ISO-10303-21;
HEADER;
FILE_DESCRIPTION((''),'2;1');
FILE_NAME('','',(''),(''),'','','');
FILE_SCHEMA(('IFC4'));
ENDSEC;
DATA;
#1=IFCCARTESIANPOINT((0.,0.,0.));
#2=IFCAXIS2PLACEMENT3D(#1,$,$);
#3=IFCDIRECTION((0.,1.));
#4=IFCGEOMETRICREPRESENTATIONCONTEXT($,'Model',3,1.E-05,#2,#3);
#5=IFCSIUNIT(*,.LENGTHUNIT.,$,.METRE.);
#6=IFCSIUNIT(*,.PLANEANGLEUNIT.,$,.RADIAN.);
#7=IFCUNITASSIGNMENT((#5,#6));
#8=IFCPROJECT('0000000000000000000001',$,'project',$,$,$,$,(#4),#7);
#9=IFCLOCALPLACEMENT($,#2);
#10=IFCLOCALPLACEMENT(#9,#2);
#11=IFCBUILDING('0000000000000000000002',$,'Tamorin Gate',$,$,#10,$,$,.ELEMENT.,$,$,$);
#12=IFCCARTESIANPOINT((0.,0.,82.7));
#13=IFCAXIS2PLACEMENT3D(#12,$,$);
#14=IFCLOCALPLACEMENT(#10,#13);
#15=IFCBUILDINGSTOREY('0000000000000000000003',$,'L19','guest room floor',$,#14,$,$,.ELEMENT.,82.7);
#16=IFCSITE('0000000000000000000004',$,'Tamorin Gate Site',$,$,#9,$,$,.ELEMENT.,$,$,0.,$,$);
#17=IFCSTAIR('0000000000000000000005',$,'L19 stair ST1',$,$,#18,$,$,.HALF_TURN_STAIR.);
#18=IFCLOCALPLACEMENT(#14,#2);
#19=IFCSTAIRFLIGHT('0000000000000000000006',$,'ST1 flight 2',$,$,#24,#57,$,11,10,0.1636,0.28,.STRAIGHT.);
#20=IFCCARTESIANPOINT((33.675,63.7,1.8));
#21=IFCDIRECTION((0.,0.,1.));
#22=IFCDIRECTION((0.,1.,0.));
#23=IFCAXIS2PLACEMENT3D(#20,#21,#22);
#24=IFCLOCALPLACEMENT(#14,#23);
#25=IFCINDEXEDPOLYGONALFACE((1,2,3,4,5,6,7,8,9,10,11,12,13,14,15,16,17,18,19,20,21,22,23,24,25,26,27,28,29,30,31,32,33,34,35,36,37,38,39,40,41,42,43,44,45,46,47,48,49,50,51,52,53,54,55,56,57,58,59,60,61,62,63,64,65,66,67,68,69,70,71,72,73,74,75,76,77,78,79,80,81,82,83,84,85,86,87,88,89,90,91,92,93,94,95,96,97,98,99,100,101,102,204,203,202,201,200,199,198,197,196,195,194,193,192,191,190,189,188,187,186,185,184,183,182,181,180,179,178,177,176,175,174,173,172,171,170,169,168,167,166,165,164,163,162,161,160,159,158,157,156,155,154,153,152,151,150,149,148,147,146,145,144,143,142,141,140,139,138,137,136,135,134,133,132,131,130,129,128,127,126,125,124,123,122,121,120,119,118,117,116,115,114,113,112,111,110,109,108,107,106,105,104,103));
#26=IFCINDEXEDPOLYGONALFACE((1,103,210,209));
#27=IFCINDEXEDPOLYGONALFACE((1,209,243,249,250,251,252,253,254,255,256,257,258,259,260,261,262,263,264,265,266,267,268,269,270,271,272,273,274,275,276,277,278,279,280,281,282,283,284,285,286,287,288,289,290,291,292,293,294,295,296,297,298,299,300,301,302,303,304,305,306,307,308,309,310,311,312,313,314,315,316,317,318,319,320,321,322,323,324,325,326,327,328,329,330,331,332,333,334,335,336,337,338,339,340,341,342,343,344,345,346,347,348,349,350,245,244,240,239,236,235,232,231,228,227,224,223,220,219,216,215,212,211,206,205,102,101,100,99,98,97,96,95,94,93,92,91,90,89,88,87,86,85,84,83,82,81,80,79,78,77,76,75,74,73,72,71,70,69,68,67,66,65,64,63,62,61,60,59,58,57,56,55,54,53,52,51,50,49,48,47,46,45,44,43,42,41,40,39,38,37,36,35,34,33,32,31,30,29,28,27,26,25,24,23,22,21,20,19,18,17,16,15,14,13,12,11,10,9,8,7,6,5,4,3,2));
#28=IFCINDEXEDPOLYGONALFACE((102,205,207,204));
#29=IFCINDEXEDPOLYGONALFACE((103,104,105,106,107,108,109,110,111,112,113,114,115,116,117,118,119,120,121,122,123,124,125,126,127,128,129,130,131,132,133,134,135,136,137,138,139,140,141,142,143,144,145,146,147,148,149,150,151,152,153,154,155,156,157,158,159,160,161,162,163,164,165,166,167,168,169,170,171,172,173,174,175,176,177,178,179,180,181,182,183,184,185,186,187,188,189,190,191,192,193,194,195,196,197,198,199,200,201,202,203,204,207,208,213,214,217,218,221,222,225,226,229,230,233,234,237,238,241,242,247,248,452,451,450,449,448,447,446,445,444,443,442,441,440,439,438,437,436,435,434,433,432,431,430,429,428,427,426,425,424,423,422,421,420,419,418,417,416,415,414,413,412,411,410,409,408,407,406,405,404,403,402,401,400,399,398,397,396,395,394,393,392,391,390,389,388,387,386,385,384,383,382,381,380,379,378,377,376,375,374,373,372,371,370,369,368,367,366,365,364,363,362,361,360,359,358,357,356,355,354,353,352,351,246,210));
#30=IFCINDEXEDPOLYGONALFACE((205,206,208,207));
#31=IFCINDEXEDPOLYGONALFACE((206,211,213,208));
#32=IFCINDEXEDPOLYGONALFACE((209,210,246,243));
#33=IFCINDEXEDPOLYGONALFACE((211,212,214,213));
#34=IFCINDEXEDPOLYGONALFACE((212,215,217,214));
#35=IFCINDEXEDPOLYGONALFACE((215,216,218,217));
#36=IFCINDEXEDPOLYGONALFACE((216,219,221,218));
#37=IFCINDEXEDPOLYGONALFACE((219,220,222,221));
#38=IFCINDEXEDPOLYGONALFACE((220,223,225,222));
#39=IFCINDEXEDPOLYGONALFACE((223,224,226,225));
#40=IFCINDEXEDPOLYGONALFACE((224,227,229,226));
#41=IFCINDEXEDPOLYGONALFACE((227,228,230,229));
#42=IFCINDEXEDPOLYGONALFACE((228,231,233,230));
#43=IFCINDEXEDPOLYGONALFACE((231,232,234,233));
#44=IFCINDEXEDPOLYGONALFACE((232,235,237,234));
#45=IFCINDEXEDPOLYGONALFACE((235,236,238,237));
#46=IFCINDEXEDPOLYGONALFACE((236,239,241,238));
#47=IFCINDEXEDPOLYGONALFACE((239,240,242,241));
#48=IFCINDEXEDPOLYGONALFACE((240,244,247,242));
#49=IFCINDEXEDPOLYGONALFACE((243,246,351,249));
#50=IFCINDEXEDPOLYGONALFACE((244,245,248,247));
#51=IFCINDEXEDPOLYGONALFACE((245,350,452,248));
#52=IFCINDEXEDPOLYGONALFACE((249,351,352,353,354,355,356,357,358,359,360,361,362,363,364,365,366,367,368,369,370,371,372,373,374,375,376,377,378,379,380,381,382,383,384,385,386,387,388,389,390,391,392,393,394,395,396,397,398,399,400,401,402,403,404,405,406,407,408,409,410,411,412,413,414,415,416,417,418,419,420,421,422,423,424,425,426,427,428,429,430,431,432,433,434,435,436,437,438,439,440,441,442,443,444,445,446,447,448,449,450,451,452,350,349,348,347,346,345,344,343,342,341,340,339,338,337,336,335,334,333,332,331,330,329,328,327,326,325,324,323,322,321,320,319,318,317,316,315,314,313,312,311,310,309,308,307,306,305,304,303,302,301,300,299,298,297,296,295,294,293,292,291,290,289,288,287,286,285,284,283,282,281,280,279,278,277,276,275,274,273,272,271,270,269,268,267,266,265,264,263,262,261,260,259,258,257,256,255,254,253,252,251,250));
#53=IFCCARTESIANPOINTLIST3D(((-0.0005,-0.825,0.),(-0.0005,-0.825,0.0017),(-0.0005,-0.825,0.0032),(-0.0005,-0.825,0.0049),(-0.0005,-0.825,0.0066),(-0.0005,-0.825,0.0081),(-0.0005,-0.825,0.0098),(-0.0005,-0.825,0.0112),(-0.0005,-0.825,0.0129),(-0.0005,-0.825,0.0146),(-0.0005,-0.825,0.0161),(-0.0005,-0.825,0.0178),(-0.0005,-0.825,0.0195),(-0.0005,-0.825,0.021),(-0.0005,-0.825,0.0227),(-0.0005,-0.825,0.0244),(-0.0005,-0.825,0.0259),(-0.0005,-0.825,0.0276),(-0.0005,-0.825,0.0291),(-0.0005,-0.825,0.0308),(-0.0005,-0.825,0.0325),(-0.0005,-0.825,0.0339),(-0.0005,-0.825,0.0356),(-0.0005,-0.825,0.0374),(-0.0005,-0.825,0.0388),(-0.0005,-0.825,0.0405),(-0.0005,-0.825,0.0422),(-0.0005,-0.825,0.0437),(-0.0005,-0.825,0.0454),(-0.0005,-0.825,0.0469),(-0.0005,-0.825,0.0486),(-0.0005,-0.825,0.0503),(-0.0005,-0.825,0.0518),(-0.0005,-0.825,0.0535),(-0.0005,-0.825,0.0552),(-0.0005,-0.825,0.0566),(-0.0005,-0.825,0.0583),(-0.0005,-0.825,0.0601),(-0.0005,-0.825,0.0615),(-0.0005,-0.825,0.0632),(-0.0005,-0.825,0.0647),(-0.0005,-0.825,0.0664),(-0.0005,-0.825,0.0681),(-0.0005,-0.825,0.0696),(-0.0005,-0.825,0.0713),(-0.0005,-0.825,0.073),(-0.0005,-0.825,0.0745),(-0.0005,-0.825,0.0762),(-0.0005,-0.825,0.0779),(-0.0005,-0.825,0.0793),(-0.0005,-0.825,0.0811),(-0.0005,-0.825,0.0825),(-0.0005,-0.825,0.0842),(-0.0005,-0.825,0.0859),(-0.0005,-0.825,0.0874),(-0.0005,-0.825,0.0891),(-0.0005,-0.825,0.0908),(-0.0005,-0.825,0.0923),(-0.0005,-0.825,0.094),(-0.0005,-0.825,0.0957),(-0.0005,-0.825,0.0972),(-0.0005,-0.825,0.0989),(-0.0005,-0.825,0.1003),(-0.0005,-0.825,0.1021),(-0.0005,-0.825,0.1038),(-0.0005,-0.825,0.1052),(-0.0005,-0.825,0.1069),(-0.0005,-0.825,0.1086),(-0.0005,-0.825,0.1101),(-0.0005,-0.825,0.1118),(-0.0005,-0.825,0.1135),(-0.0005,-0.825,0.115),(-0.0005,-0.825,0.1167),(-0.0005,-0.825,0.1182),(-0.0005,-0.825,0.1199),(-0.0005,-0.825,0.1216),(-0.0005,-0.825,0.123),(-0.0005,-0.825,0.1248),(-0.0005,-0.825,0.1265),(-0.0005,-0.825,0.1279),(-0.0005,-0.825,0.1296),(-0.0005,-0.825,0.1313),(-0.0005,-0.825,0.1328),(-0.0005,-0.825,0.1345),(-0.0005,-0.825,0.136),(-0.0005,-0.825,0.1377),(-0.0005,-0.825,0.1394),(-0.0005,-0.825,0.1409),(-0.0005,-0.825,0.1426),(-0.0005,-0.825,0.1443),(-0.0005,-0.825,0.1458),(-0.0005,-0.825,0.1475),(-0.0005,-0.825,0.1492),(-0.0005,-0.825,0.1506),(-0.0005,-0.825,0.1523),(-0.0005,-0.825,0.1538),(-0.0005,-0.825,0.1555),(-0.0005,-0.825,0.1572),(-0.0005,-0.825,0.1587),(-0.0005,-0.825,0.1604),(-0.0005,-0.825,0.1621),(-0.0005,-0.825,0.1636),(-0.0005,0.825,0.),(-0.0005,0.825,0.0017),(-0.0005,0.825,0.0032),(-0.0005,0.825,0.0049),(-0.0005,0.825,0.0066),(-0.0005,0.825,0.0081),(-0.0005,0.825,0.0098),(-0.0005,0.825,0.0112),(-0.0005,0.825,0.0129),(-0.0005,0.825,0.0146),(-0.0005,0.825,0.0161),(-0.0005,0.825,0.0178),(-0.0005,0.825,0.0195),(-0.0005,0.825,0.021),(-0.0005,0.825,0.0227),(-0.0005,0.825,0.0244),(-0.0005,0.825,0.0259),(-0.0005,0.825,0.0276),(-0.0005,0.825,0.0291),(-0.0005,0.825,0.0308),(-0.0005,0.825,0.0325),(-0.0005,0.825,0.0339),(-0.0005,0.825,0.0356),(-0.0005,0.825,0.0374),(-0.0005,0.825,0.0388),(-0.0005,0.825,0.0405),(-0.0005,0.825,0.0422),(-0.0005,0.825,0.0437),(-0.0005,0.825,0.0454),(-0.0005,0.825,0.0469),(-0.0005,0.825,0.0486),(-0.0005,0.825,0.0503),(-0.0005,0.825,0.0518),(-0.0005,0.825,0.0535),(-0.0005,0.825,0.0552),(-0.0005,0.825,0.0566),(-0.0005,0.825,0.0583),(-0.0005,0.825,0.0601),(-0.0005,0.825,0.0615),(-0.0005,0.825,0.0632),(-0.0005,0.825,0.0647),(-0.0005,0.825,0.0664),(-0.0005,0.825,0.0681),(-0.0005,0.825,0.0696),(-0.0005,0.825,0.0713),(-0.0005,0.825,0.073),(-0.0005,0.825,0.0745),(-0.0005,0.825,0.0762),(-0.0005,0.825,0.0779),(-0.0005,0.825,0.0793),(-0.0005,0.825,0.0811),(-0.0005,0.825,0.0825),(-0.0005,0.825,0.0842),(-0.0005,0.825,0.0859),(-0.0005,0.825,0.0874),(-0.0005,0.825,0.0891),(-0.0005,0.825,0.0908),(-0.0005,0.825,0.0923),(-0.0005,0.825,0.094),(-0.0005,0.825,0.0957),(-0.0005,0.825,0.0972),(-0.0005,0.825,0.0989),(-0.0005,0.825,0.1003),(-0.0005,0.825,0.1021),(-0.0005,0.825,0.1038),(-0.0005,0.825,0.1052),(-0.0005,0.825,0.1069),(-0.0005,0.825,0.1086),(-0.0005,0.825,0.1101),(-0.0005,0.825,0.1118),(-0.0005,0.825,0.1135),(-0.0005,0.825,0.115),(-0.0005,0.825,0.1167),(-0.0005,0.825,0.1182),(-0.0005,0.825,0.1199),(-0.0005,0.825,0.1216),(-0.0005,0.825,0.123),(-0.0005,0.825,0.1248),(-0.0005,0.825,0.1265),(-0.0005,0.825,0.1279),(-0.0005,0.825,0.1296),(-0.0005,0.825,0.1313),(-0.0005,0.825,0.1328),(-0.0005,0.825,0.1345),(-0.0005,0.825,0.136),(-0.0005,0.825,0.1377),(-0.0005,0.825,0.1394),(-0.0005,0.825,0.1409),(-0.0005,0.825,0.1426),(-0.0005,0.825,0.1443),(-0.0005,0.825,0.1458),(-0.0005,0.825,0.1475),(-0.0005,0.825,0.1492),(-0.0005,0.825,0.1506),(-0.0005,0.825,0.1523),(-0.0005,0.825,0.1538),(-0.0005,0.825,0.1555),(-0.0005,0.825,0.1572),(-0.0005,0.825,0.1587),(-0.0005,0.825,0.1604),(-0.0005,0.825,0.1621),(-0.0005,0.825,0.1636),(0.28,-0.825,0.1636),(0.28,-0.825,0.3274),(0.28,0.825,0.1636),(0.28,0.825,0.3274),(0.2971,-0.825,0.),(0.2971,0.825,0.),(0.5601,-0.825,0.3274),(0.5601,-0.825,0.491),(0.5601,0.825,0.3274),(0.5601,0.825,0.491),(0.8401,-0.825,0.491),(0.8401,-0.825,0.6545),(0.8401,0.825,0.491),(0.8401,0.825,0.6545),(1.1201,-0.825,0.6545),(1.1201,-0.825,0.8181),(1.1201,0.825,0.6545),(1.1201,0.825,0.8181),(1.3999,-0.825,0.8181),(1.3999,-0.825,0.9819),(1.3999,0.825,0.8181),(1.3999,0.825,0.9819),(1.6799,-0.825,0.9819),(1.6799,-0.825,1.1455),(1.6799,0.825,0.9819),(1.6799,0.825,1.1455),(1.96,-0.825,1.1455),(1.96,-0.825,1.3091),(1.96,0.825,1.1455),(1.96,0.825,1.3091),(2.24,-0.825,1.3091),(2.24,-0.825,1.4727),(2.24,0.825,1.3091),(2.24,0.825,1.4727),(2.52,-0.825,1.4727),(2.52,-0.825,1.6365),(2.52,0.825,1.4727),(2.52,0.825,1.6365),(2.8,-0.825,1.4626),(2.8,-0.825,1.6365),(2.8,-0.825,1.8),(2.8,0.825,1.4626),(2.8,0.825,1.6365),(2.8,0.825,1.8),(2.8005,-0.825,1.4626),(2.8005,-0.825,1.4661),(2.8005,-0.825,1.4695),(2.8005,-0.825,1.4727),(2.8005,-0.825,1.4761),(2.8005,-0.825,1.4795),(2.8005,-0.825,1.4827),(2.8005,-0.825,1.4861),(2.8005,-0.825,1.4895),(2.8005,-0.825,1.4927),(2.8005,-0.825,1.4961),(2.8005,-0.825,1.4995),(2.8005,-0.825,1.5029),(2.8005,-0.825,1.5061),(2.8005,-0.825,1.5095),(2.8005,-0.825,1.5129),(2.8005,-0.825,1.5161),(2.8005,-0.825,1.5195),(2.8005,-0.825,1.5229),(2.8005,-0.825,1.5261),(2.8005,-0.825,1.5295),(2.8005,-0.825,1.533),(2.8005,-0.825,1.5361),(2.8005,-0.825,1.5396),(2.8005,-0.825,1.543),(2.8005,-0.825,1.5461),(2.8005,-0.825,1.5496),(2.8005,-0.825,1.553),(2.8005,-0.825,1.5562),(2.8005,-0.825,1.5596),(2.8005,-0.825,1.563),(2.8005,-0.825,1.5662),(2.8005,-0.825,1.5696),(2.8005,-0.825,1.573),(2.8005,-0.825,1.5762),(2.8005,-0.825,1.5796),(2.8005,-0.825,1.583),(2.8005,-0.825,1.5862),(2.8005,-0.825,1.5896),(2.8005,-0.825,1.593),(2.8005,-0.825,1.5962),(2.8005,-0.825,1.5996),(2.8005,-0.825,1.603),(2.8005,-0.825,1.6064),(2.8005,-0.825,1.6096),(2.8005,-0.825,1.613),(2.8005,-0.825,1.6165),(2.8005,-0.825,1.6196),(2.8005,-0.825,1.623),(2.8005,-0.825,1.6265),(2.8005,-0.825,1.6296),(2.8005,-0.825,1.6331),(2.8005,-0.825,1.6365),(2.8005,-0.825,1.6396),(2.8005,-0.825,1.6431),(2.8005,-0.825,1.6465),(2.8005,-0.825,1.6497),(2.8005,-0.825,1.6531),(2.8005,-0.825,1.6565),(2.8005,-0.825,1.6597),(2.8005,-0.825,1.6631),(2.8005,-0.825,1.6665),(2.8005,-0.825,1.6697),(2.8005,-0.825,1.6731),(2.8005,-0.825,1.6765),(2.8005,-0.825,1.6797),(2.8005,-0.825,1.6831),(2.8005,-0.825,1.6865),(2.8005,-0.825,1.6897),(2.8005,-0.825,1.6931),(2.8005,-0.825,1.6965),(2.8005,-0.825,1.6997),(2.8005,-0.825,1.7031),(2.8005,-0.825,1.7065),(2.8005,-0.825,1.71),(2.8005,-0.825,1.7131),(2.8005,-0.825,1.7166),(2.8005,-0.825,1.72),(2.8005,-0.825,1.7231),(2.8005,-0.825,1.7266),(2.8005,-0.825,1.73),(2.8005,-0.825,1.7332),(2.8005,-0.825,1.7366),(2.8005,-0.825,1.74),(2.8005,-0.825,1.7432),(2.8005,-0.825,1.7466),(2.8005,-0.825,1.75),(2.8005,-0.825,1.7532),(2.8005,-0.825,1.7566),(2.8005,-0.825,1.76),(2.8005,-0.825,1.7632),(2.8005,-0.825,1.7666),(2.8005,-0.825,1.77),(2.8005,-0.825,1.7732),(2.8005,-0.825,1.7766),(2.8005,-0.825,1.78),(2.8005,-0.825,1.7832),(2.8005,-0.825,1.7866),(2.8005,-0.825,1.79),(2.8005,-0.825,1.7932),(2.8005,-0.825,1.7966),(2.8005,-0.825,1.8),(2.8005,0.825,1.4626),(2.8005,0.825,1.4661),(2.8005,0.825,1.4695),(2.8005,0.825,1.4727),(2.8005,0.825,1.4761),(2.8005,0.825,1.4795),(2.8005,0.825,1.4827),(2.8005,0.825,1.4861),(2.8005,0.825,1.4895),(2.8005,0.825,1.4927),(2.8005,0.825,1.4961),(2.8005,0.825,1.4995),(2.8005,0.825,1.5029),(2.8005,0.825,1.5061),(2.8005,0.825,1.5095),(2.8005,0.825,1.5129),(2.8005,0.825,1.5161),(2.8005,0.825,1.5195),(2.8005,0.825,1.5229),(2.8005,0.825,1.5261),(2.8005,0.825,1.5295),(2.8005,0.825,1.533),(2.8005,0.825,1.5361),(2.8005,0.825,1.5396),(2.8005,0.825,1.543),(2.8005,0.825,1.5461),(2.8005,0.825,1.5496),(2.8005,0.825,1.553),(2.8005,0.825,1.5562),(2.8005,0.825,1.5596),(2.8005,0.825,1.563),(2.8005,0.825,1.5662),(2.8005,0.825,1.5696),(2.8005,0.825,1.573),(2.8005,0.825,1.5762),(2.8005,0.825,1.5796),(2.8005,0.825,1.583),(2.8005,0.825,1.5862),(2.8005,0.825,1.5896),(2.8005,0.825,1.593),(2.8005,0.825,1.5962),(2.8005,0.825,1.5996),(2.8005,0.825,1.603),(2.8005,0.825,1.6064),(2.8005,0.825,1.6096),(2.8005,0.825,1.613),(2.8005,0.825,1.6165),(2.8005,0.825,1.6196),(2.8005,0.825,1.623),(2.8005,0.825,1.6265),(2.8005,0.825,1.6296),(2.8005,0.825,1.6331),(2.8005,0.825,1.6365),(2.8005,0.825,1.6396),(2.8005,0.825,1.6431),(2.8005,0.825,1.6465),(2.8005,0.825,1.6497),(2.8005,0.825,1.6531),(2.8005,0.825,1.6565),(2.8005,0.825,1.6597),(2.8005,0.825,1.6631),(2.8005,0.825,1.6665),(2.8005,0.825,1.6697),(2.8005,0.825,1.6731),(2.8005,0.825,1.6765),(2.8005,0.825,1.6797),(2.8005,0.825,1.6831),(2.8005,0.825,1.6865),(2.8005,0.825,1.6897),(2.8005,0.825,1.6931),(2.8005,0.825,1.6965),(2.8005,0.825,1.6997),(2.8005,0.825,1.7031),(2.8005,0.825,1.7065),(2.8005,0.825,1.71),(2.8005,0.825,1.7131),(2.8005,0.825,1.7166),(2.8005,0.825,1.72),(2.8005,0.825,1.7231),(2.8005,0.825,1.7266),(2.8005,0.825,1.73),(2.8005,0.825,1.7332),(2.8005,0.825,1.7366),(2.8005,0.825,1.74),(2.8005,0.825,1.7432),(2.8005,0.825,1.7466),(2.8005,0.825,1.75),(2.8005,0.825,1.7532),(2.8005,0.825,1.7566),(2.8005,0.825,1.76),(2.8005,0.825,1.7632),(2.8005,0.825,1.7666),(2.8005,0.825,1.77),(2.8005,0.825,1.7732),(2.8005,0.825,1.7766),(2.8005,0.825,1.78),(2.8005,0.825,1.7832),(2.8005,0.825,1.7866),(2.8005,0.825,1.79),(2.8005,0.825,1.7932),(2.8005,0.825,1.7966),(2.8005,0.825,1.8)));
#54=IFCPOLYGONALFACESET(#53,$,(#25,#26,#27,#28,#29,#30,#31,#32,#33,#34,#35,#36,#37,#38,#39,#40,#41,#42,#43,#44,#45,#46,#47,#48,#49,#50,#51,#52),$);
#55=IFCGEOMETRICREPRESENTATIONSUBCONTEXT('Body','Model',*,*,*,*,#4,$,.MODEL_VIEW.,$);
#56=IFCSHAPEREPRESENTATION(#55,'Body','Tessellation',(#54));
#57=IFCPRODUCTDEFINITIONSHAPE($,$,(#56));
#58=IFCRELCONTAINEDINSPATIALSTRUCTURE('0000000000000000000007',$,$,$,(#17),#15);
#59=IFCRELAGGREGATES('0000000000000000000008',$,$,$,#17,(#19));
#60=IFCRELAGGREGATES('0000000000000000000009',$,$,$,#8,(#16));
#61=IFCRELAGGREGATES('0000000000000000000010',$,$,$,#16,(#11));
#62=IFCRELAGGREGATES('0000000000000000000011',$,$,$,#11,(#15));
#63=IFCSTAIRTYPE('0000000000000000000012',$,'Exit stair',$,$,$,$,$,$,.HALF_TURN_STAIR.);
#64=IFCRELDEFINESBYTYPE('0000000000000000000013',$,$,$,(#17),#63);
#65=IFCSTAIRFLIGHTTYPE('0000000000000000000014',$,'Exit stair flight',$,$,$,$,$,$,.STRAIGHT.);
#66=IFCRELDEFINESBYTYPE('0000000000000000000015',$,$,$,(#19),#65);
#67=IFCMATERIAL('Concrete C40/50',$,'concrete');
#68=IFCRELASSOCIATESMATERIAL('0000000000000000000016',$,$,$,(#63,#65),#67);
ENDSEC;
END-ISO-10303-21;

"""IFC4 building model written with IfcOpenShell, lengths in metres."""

from ifc_helpers import new_model, si_unit, direction, frame, origin, place, context, subcontext, project, spatial, polyline, outline, extrude, material, type_object, element, aggregate, save


model = new_model("IFC4")

# Units and contexts
model_context = context("Model", 3, precision=1e-05, world=origin(), true_north=direction((0.0, 1.0)))
body_context = subcontext(model_context, "Body", "Model", "MODEL_VIEW")
ifc_project = project(units=[si_unit("LENGTHUNIT", "METRE"), si_unit("PLANEANGLEUNIT", "RADIAN")], contexts=[model_context])

# Site, building, storey
site_placement = place(None, origin())
site = spatial("IfcSite", under=ifc_project, at=site_placement, Name="Tamorin Gate Site", CompositionType="ELEMENT", RefElevation=0.0)
building_placement = place(site_placement, origin())
building = spatial("IfcBuilding", under=site, at=building_placement, Name="Tamorin Gate", CompositionType="ELEMENT")
storey_placement = place(building_placement, frame((0.0, 0.0, 82.7)))
storey = spatial("IfcBuildingStorey", under=building, at=storey_placement, Name="L19", Description="guest room floor", CompositionType="ELEMENT", Elevation=82.7)

# Shared definitions
ifc_material_1 = material(Name="Concrete C40/50", Category="concrete")

# Stair, stair flight
stair_type = type_object("IfcStairType", Name="Exit stair", PredefinedType="HALF_TURN_STAIR", material=ifc_material_1)
stair_placement = place(storey_placement, origin())
stair = element("IfcStair", 1, at=stair_placement, inside=storey, type_object=stair_type, Name="L19 stair ST1", PredefinedType="HALF_TURN_STAIR")
stair_flight_type = type_object("IfcStairFlightType", Name="Exit stair flight", PredefinedType="STRAIGHT", material=ifc_material_1)
stair_flight_1_placement = place(storey_placement, frame((33.675, 63.7, 1.8), z_axis=(0.0, 0.0, 1.0), x_axis=(0.0, 1.0, 0.0)))
stair_flight_1 = element("IfcStairFlight", 2, at=stair_flight_1_placement, type_object=stair_flight_type, Name="ST1 flight 2", NumberOfRisers=11, NumberOfTreads=10, PredefinedType="STRAIGHT", RiserHeight=0.1636, TreadLength=0.28, context=body_context, shape_type="SweptSolid", body=[
    extrude(outline(polyline([(-0.0005, 0.0), (-0.0005, 0.0017), (-0.0005, 0.0032), (-0.0005, 0.0049), (-0.0005, 0.0066), (-0.0005, 0.0081), (-0.0005, 0.0098), (-0.0005, 0.0112), (-0.0005, 0.0129), (-0.0005, 0.0146), (-0.0005, 0.0161), (-0.0005, 0.0178), (-0.0005, 0.0195), (-0.0005, 0.021), (-0.0005, 0.0227), (-0.0005, 0.0244), (-0.0005, 0.0259), (-0.0005, 0.0276), (-0.0005, 0.0291), (-0.0005, 0.0308), (-0.0005, 0.0325), (-0.0005, 0.0339), (-0.0005, 0.0356), (-0.0005, 0.0374), (-0.0005, 0.0388), (-0.0005, 0.0405), (-0.0005, 0.0422), (-0.0005, 0.0437), (-0.0005, 0.0454), (-0.0005, 0.0469), (-0.0005, 0.0486), (-0.0005, 0.0503), (-0.0005, 0.0518), (-0.0005, 0.0535), (-0.0005, 0.0552), (-0.0005, 0.0566), (-0.0005, 0.0583), (-0.0005, 0.0601), (-0.0005, 0.0615), (-0.0005, 0.0632), (-0.0005, 0.0647), (-0.0005, 0.0664), (-0.0005, 0.0681), (-0.0005, 0.0696), (-0.0005, 0.0713), (-0.0005, 0.073), (-0.0005, 0.0745), (-0.0005, 0.0762), (-0.0005, 0.0779), (-0.0005, 0.0793), (-0.0005, 0.0811), (-0.0005, 0.0825), (-0.0005, 0.0842), (-0.0005, 0.0859), (-0.0005, 0.0874), (-0.0005, 0.0891), (-0.0005, 0.0908), (-0.0005, 0.0923), (-0.0005, 0.094), (-0.0005, 0.0957), (-0.0005, 0.0972), (-0.0005, 0.0989), (-0.0005, 0.1003), (-0.0005, 0.1021), (-0.0005, 0.1038), (-0.0005, 0.1052), (-0.0005, 0.1069), (-0.0005, 0.1086), (-0.0005, 0.1101), (-0.0005, 0.1118), (-0.0005, 0.1135), (-0.0005, 0.115), (-0.0005, 0.1167), (-0.0005, 0.1182), (-0.0005, 0.1199), (-0.0005, 0.1216), (-0.0005, 0.123), (-0.0005, 0.1248), (-0.0005, 0.1265), (-0.0005, 0.1279), (-0.0005, 0.1296), (-0.0005, 0.1313), (-0.0005, 0.1328), (-0.0005, 0.1345), (-0.0005, 0.136), (-0.0005, 0.1377), (-0.0005, 0.1394), (-0.0005, 0.1409), (-0.0005, 0.1426), (-0.0005, 0.1443), (-0.0005, 0.1458), (-0.0005, 0.1475), (-0.0005, 0.1492), (-0.0005, 0.1506), (-0.0005, 0.1523), (-0.0005, 0.1538), (-0.0005, 0.1555), (-0.0005, 0.1572), (-0.0005, 0.1587), (-0.0005, 0.1604), (-0.0005, 0.1621), (-0.0005, 0.1636), (0.28, 0.1636), (0.28, 0.3274), (0.5601, 0.3274), (0.5601, 0.491), (0.8401, 0.491), (0.8401, 0.6545), (1.1201, 0.6545), (1.1201, 0.8181), (1.3999, 0.8181), (1.3999, 0.9819), (1.6799, 0.9819), (1.6799, 1.1455), (1.96, 1.1455), (1.96, 1.3091), (2.24, 1.3091), (2.24, 1.4727), (2.52, 1.4727), (2.52, 1.6365), (2.8, 1.6365), (2.8, 1.8), (2.8005, 1.8), (2.8005, 1.7966), (2.8005, 1.7932), (2.8005, 1.79), (2.8005, 1.7866), (2.8005, 1.7832), (2.8005, 1.78), (2.8005, 1.7766), (2.8005, 1.7732), (2.8005, 1.77), (2.8005, 1.7666), (2.8005, 1.7632), (2.8005, 1.76), (2.8005, 1.7566), (2.8005, 1.7532), (2.8005, 1.75), (2.8005, 1.7466), (2.8005, 1.7432), (2.8005, 1.74), (2.8005, 1.7366), (2.8005, 1.7332), (2.8005, 1.73), (2.8005, 1.7266), (2.8005, 1.7231), (2.8005, 1.72), (2.8005, 1.7166), (2.8005, 1.7131), (2.8005, 1.71), (2.8005, 1.7065), (2.8005, 1.7031), (2.8005, 1.6997), (2.8005, 1.6965), (2.8005, 1.6931), (2.8005, 1.6897), (2.8005, 1.6865), (2.8005, 1.6831), (2.8005, 1.6797), (2.8005, 1.6765), (2.8005, 1.6731), (2.8005, 1.6697), (2.8005, 1.6665), (2.8005, 1.6631), (2.8005, 1.6597), (2.8005, 1.6565), (2.8005, 1.6531), (2.8005, 1.6497), (2.8005, 1.6465), (2.8005, 1.6431), (2.8005, 1.6396), (2.8005, 1.6365), (2.8005, 1.6331), (2.8005, 1.6296), (2.8005, 1.6265), (2.8005, 1.623), (2.8005, 1.6196), (2.8005, 1.6165), (2.8005, 1.613), (2.8005, 1.6096), (2.8005, 1.6064), (2.8005, 1.603), (2.8005, 1.5996), (2.8005, 1.5962), (2.8005, 1.593), (2.8005, 1.5896), (2.8005, 1.5862), (2.8005, 1.583), (2.8005, 1.5796), (2.8005, 1.5762), (2.8005, 1.573), (2.8005, 1.5696), (2.8005, 1.5662), (2.8005, 1.563), (2.8005, 1.5596), (2.8005, 1.5562), (2.8005, 1.553), (2.8005, 1.5496), (2.8005, 1.5461), (2.8005, 1.543), (2.8005, 1.5396), (2.8005, 1.5361), (2.8005, 1.533), (2.8005, 1.5295), (2.8005, 1.5261), (2.8005, 1.5229), (2.8005, 1.5195), (2.8005, 1.5161), (2.8005, 1.5129), (2.8005, 1.5095), (2.8005, 1.5061), (2.8005, 1.5029), (2.8005, 1.4995), (2.8005, 1.4961), (2.8005, 1.4927), (2.8005, 1.4895), (2.8005, 1.4861), (2.8005, 1.4827), (2.8005, 1.4795), (2.8005, 1.4761), (2.8005, 1.4727), (2.8005, 1.4695), (2.8005, 1.4661), (2.8005, 1.4626), (2.8, 1.4626), (0.2971, 0.0), (-0.0005, 0.0)])), frame((0.0, 0.825, 0.0), z_axis=(0.0, -1.0, 0.0), x_axis=(1.0, 0.0, 0.0)), (0.0, 0.0, 1.0), 1.6499),
])
aggregate(stair, [stair_flight_1])

save(model, "model.ifc")
